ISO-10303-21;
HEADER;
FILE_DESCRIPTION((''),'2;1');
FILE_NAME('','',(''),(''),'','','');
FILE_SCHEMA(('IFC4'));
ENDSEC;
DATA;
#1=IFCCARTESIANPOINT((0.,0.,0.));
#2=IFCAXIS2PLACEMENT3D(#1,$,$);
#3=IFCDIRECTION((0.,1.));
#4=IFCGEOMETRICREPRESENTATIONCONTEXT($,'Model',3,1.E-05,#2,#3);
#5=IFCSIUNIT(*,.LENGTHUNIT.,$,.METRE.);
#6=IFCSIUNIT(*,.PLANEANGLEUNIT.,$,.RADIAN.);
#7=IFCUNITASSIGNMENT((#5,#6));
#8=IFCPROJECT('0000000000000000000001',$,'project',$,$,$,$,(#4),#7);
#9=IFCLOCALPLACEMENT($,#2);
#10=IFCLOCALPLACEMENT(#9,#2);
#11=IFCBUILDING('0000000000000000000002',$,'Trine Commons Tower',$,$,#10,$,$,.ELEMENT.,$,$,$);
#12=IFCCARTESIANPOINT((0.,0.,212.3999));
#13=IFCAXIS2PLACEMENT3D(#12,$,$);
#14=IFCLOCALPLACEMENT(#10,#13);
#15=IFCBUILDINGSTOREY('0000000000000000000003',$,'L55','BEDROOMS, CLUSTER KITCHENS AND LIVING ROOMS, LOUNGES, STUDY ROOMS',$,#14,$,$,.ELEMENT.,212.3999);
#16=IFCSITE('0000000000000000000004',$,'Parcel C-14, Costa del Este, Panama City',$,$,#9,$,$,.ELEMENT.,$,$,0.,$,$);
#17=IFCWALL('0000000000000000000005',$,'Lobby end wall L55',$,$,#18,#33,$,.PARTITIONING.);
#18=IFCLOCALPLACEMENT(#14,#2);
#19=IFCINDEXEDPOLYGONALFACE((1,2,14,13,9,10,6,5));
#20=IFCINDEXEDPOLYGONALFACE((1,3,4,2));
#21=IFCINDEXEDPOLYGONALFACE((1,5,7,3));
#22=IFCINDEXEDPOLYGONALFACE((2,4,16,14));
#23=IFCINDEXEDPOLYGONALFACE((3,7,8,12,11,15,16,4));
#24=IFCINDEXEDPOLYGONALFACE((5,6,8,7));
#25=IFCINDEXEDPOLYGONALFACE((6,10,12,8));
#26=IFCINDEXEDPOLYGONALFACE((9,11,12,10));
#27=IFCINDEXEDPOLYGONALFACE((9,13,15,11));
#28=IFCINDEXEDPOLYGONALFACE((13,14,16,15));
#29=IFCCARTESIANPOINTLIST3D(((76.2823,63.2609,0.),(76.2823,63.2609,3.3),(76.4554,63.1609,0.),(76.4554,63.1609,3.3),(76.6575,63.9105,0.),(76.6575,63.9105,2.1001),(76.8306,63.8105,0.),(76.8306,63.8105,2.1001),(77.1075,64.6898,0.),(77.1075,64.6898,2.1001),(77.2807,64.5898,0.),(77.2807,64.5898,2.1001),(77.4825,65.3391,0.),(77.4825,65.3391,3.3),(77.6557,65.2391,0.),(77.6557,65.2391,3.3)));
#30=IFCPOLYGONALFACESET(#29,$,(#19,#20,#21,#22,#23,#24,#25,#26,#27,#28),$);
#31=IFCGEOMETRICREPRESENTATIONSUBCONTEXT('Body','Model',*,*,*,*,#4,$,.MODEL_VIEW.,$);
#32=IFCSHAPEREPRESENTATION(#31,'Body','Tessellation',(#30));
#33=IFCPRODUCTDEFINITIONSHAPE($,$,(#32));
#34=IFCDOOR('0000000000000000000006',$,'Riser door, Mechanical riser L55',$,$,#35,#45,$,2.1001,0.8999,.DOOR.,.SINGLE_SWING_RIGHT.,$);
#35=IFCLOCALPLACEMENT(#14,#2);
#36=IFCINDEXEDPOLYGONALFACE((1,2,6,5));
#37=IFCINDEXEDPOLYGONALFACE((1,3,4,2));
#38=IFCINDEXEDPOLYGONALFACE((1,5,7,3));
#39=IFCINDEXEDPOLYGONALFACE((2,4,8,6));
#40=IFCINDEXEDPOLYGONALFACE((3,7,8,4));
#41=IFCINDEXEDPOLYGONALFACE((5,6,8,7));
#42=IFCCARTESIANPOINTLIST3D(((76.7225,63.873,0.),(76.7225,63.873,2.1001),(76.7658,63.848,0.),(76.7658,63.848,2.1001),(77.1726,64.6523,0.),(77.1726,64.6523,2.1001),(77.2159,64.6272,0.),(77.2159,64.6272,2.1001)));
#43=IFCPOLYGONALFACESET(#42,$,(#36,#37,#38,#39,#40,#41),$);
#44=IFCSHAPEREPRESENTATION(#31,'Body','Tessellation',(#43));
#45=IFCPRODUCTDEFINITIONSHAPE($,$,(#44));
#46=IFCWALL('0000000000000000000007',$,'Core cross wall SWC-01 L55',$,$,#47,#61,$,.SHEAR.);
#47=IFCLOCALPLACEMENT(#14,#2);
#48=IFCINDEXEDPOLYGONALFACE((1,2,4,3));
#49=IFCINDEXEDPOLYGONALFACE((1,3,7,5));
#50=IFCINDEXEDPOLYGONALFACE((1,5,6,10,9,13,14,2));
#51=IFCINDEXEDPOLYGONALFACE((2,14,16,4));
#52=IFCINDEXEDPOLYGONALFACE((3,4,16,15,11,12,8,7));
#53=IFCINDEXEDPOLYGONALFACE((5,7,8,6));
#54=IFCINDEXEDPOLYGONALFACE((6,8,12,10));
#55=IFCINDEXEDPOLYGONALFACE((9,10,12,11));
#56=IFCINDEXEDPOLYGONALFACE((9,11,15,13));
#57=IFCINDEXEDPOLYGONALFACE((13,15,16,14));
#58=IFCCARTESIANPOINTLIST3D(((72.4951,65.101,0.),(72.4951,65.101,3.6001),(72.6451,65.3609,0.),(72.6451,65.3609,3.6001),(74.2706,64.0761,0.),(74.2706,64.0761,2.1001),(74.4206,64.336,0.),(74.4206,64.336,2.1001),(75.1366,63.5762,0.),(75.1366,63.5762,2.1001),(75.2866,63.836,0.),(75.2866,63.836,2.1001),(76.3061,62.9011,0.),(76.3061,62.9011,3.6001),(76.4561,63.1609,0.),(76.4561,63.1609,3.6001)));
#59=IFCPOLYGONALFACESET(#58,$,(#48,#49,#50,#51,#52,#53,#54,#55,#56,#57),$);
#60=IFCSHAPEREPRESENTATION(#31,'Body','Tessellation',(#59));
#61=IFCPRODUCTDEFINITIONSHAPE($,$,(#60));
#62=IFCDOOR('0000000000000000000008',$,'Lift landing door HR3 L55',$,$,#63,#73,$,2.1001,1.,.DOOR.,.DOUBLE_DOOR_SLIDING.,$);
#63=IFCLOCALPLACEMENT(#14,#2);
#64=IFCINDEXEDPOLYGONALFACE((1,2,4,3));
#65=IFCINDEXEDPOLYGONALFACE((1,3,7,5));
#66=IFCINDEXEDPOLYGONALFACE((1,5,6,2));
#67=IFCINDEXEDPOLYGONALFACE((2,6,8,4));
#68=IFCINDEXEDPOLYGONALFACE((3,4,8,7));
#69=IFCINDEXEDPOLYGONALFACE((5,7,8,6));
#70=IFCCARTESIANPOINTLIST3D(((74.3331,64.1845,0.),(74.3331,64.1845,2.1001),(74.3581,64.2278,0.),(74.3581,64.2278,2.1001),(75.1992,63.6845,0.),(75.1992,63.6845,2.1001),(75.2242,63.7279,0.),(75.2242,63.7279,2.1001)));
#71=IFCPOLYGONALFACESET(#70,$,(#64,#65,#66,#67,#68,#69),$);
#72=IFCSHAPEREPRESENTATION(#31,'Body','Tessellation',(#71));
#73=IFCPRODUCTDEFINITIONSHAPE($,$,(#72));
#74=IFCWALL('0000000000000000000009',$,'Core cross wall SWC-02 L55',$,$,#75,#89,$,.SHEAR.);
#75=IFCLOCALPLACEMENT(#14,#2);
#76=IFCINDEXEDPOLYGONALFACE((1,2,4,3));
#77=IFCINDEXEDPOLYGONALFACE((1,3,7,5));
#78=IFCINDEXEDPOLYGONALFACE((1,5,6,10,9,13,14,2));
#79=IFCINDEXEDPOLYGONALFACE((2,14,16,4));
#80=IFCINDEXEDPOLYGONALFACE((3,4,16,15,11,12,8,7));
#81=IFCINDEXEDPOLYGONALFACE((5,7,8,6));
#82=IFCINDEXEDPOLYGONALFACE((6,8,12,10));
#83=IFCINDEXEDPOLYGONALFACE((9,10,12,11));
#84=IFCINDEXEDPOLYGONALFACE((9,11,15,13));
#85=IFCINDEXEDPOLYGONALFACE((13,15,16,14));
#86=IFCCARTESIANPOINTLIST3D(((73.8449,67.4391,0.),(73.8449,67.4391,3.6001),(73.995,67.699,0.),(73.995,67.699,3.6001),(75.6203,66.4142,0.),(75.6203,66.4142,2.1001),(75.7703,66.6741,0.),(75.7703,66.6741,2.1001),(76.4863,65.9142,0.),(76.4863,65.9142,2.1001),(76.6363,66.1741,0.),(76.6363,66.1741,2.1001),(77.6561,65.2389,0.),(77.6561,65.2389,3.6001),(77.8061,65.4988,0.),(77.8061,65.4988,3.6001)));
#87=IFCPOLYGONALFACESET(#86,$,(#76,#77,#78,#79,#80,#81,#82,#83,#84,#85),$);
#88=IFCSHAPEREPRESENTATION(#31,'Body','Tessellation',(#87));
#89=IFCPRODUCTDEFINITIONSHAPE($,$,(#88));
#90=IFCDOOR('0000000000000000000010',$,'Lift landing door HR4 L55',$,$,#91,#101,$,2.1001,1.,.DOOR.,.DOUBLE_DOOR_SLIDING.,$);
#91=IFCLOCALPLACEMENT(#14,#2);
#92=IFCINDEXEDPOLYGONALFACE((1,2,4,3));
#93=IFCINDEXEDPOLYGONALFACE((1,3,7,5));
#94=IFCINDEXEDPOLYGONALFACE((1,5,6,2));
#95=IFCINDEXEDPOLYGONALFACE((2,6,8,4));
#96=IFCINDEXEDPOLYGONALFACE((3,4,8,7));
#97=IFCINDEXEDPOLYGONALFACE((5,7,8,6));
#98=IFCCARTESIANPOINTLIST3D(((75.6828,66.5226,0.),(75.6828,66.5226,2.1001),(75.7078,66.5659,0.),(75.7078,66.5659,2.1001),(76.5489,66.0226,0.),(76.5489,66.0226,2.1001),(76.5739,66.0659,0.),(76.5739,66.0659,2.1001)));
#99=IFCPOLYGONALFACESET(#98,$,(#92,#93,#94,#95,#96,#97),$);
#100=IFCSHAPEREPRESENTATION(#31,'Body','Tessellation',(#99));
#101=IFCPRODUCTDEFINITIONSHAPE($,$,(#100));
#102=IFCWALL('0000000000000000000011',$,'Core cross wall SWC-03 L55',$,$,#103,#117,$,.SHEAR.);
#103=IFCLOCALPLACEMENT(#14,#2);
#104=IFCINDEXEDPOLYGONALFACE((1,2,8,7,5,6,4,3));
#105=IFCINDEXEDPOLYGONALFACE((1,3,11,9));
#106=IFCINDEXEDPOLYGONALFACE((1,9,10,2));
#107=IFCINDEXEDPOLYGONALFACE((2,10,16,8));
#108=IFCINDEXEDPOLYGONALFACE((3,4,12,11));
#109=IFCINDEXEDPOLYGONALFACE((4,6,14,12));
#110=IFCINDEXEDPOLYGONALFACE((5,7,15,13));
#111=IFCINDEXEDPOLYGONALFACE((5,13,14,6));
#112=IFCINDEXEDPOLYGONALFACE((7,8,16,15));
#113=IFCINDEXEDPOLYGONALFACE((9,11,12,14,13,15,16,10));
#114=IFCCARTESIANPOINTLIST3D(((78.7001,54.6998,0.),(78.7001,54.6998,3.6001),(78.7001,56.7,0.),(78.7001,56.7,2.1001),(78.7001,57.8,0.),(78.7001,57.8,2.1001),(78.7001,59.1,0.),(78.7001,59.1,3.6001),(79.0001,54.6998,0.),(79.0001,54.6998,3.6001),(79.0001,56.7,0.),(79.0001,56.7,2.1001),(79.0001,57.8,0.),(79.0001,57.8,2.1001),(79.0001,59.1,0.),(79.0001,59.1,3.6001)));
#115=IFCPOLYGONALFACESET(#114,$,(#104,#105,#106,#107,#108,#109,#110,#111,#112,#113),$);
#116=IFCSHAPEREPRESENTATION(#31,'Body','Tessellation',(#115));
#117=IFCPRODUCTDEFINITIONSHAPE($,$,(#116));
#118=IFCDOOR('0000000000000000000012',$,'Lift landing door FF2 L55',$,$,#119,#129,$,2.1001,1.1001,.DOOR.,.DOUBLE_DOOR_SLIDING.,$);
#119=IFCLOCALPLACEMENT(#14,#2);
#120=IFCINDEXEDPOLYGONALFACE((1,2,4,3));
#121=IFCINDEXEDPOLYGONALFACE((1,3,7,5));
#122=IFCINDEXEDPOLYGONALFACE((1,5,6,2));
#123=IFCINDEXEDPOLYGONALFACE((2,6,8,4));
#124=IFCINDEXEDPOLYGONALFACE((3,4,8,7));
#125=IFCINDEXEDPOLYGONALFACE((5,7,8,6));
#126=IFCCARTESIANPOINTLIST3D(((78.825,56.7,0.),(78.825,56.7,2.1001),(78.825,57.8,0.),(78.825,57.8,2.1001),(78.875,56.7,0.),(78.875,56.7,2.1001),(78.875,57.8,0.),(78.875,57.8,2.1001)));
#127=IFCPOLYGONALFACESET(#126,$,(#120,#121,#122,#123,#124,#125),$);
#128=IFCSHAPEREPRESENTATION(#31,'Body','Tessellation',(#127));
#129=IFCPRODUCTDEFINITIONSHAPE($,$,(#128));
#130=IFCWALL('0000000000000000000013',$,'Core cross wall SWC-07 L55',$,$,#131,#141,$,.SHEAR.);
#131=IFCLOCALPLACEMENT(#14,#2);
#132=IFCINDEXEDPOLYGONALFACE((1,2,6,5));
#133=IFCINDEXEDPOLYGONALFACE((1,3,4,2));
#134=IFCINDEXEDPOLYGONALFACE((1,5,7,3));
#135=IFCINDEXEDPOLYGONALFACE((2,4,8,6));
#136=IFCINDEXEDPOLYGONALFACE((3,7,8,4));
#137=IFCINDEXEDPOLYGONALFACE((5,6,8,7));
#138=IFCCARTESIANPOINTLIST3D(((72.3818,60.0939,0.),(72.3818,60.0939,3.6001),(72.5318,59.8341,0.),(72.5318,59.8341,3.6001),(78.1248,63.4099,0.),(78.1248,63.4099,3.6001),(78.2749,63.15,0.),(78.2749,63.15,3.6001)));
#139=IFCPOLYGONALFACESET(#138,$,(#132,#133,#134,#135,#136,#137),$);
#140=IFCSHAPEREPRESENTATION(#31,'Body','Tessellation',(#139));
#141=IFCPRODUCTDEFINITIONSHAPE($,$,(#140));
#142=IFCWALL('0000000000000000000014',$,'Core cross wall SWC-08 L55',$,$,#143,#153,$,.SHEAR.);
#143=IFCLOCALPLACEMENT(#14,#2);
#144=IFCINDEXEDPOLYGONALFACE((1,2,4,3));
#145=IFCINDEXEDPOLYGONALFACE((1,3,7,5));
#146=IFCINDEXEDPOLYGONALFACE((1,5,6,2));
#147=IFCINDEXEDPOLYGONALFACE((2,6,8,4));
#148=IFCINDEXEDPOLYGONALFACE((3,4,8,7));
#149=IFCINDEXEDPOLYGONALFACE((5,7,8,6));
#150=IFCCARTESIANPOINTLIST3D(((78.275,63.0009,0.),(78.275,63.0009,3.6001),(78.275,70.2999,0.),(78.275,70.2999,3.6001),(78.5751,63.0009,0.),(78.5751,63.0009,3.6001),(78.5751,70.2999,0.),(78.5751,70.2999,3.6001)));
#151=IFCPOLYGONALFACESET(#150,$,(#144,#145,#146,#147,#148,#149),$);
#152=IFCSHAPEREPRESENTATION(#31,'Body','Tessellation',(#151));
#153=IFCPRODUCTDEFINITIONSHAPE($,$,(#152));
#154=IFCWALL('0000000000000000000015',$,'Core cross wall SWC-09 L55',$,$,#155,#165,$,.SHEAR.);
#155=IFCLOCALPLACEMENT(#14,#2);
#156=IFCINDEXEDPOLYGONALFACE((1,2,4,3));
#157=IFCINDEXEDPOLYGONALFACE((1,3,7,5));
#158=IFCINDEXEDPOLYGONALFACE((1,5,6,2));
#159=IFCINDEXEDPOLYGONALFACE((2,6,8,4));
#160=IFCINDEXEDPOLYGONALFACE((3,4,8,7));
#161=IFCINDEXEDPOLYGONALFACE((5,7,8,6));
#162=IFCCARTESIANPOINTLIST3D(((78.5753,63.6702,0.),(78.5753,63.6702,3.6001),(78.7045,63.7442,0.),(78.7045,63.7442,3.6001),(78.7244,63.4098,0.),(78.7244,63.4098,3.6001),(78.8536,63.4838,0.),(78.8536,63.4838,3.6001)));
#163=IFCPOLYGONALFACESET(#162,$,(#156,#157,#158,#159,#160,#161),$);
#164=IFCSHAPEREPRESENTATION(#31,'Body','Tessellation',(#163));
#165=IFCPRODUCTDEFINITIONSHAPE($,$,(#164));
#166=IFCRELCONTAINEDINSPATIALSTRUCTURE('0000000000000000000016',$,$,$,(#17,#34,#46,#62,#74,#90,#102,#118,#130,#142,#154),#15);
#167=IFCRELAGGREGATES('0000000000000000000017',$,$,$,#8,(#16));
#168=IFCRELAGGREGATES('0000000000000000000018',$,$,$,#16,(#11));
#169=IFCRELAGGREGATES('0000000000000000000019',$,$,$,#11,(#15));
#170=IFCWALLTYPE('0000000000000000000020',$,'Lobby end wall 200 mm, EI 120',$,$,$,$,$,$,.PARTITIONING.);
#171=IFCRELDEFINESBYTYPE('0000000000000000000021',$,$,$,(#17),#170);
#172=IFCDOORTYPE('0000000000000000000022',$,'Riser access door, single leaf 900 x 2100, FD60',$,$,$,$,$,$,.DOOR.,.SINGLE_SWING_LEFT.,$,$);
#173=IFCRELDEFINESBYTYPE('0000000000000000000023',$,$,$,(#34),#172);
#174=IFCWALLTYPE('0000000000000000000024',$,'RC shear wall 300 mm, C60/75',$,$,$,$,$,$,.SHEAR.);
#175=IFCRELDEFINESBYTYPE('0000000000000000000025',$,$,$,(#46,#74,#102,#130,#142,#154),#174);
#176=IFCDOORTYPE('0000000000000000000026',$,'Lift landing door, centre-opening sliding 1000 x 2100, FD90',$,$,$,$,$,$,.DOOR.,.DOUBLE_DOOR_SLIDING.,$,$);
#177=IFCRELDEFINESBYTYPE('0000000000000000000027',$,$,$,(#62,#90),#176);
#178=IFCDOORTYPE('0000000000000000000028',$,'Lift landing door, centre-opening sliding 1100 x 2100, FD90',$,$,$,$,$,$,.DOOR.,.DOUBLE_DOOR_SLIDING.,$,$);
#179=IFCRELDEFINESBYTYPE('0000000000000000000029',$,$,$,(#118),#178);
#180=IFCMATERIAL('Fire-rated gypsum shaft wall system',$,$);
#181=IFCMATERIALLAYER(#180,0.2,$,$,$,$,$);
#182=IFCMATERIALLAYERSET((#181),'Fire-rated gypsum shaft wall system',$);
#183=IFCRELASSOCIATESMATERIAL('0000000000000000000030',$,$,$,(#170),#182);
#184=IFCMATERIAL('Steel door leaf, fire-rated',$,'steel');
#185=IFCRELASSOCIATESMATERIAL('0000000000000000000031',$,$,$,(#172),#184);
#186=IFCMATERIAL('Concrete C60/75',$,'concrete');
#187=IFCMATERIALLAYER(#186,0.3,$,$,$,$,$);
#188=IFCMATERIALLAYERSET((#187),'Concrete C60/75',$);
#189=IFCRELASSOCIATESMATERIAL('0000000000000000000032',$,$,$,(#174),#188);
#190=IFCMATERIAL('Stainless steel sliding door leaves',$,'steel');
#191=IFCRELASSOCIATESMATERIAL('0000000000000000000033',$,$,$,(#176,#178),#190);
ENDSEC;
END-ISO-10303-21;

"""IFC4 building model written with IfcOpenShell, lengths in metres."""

from ifc_helpers import new_model, si_unit, direction, frame, frame_2d, origin, place, context, subcontext, project, spatial, rectangle, extrude, material, layer, layer_set, type_object, element, fill, save


model = new_model("IFC4")

# Units and contexts
model_context = context("Model", 3, precision=1e-05, world=origin(), true_north=direction((0.0, 1.0)))
body_context = subcontext(model_context, "Body", "Model", "MODEL_VIEW")
ifc_project = project(units=[si_unit("LENGTHUNIT", "METRE"), si_unit("PLANEANGLEUNIT", "RADIAN")], contexts=[model_context])

# Site, building, storey
site_placement = place(None, origin())
site = spatial("IfcSite", under=ifc_project, at=site_placement, Name="Parcel C-14, Costa del Este, Panama City", CompositionType="ELEMENT", RefElevation=0.0)
building_placement = place(site_placement, origin())
building = spatial("IfcBuilding", under=site, at=building_placement, Name="Trine Commons Tower", CompositionType="ELEMENT")
storey_placement = place(building_placement, frame((0.0, 0.0, 212.3999)))
storey = spatial("IfcBuildingStorey", under=building, at=storey_placement, Name="L55", Description="BEDROOMS, CLUSTER KITCHENS AND LIVING ROOMS, LOUNGES, STUDY ROOMS", CompositionType="ELEMENT", Elevation=212.3999)

# Walls, openings, doors
ifc_material_1 = material(Name="Fire-rated gypsum shaft wall system")
ifc_layer_1 = layer(ifc_material_1, 0.2)
ifc_layer_set_1 = layer_set([ifc_layer_1], Name="Fire-rated gypsum shaft wall system")
wall_type_1 = type_object("IfcWallType", Name="Lobby end wall 200 mm, EI 120", PredefinedType="PARTITIONING", material=ifc_layer_set_1)
wall_1_placement = place(storey_placement, frame((77.5691, 65.2891, 0.0), z_axis=(0.0, 0.0, 1.0), x_axis=(-0.500122, -0.865955, 0.0)))
wall_1 = element("IfcWall", 1, at=wall_1_placement, inside=storey, type_object=wall_type_1, Name="Lobby end wall L55", PredefinedType="PARTITIONING", context=body_context, shape_type="SweptSolid", body=[
    extrude(rectangle(XDim=2.3999, YDim=0.2, at=frame_2d((1.2, 0.0))), origin(), (0.0, 0.0, 1.0), 3.3),
])
opening_1_placement = place(wall_1_placement, frame((0.7498, 0.0, 0.0)))
opening_1 = element("IfcOpeningElement", 2, at=opening_1_placement, cuts=wall_1, PredefinedType="OPENING", context=body_context, shape_type="SweptSolid", body=[
    extrude(rectangle(XDim=0.8999, YDim=2.1001, at=frame_2d((0.45, 1.05))), frame((0.0, 0.1099, 0.0), z_axis=(0.0, -1.0, 0.0), x_axis=(1.0, 0.0, 0.0)), (0.0, 0.0, 1.0), 0.22),
])
ifc_material_2 = material(Name="Steel door leaf, fire-rated", Category="steel")
door_type_1 = type_object("IfcDoorType", Name="Riser access door, single leaf 900 x 2100, FD60", OperationType="SINGLE_SWING_LEFT", PredefinedType="DOOR", material=ifc_material_2)
door_1_placement = place(opening_1_placement, frame((0.8999, 0.0, 0.0), z_axis=(0.0, 0.0, 1.0), x_axis=(-1.0, 0.0, 0.0)))
door_1 = element("IfcDoor", 3, at=door_1_placement, inside=storey, type_object=door_type_1, Name="Riser door, Mechanical riser L55", OperationType="SINGLE_SWING_RIGHT", OverallHeight=2.1001, OverallWidth=0.8999, PredefinedType="DOOR", context=body_context, shape_type="SweptSolid", body=[
    extrude(rectangle(XDim=0.8999, YDim=2.1001, at=frame_2d((0.45, 1.05))), frame((0.0, 0.0249, 0.0), z_axis=(0.0, -1.0, 0.0), x_axis=(1.0, 0.0, 0.0)), (0.0, 0.0, 1.0), 0.05),
])
fill(opening_1, door_1)
ifc_material_3 = material(Name="Concrete C60/75", Category="concrete")
ifc_layer_2 = layer(ifc_material_3, 0.3)
ifc_layer_set_2 = layer_set([ifc_layer_2], Name="Concrete C60/75")
wall_type_2 = type_object("IfcWallType", Name="RC shear wall 300 mm, C60/75", PredefinedType="SHEAR", material=ifc_layer_set_2)
wall_2_placement = place(storey_placement, frame((76.3811, 63.031, 0.0), z_axis=(0.0, 0.0, 1.0), x_axis=(-0.86606, 0.49994, 0.0)))
wall_2 = element("IfcWall", 4, at=wall_2_placement, inside=storey, type_object=wall_type_2, Name="Core cross wall SWC-01 L55", PredefinedType="SHEAR", context=body_context, shape_type="SweptSolid", body=[
    extrude(rectangle(XDim=4.4004, YDim=0.3, at=frame_2d((2.2002, 0.0))), origin(), (0.0, 0.0, 1.0), 3.6001),
])
opening_2_placement = place(wall_2_placement, frame((1.3503, 0.0, 0.0)))
opening_2 = element("IfcOpeningElement", 5, at=opening_2_placement, cuts=wall_2, PredefinedType="OPENING", context=body_context, shape_type="SweptSolid", body=[
    extrude(rectangle(XDim=1.0, YDim=2.1001, at=frame_2d((0.5, 1.05))), frame((0.0, 0.1599, 0.0), z_axis=(0.0, -1.0, 0.0), x_axis=(1.0, 0.0, 0.0)), (0.0, 0.0, 1.0), 0.3201),
])
ifc_material_4 = material(Name="Stainless steel sliding door leaves", Category="steel")
door_type_2 = type_object("IfcDoorType", Name="Lift landing door, centre-opening sliding 1000 x 2100, FD90", OperationType="DOUBLE_DOOR_SLIDING", PredefinedType="DOOR", material=ifc_material_4)
door_2_placement = place(opening_2_placement, origin())
door_2 = element("IfcDoor", 6, at=door_2_placement, inside=storey, type_object=door_type_2, Name="Lift landing door HR3 L55", OperationType="DOUBLE_DOOR_SLIDING", OverallHeight=2.1001, OverallWidth=1.0, PredefinedType="DOOR", context=body_context, shape_type="SweptSolid", body=[
    extrude(rectangle(XDim=1.0, YDim=2.1001, at=frame_2d((0.5, 1.05))), frame((0.0, 0.0249, 0.0), z_axis=(0.0, -1.0, 0.0), x_axis=(1.0, 0.0, 0.0)), (0.0, 0.0, 1.0), 0.05),
])
fill(opening_2, door_2)
wall_3_placement = place(storey_placement, frame((77.731, 65.3689, 0.0), z_axis=(0.0, 0.0, 1.0), x_axis=(-0.866036, 0.499982, 0.0)))
wall_3 = element("IfcWall", 7, at=wall_3_placement, inside=storey, type_object=wall_type_2, Name="Core cross wall SWC-02 L55", PredefinedType="SHEAR", context=body_context, shape_type="SweptSolid", body=[
    extrude(rectangle(XDim=4.4006, YDim=0.3, at=frame_2d((2.2002, 0.0))), origin(), (0.0, 0.0, 1.0), 3.6001),
])
opening_3_placement = place(wall_3_placement, frame((1.3506, 0.0, 0.0)))
opening_3 = element("IfcOpeningElement", 8, at=opening_3_placement, cuts=wall_3, PredefinedType="OPENING", context=body_context, shape_type="SweptSolid", body=[
    extrude(rectangle(XDim=1.0, YDim=2.1001, at=frame_2d((0.5, 1.05))), frame((0.0, 0.1599, 0.0), z_axis=(0.0, -1.0, 0.0), x_axis=(1.0, 0.0, 0.0)), (0.0, 0.0, 1.0), 0.3201),
])
door_3_placement = place(opening_3_placement, origin())
door_3 = element("IfcDoor", 9, at=door_3_placement, inside=storey, type_object=door_type_2, Name="Lift landing door HR4 L55", OperationType="DOUBLE_DOOR_SLIDING", OverallHeight=2.1001, OverallWidth=1.0, PredefinedType="DOOR", context=body_context, shape_type="SweptSolid", body=[
    extrude(rectangle(XDim=1.0, YDim=2.1001, at=frame_2d((0.5, 1.05))), frame((0.0, 0.0249, 0.0), z_axis=(0.0, -1.0, 0.0), x_axis=(1.0, 0.0, 0.0)), (0.0, 0.0, 1.0), 0.05),
])
fill(opening_3, door_3)
wall_4_placement = place(storey_placement, frame((78.8501, 59.1001, 0.0), z_axis=(0.0, 0.0, 1.0), x_axis=(0.0, -1.0, 0.0)))
wall_4 = element("IfcWall", 10, at=wall_4_placement, inside=storey, type_object=wall_type_2, Name="Core cross wall SWC-03 L55", PredefinedType="SHEAR", context=body_context, shape_type="SweptSolid", body=[
    extrude(rectangle(XDim=4.4001, YDim=0.3, at=frame_2d((2.2002, 0.0))), origin(), (0.0, 0.0, 1.0), 3.6001),
])
opening_4_placement = place(wall_4_placement, frame((1.3, 0.0, 0.0)))
opening_4 = element("IfcOpeningElement", 11, at=opening_4_placement, cuts=wall_4, PredefinedType="OPENING", context=body_context, shape_type="SweptSolid", body=[
    extrude(rectangle(XDim=1.1001, YDim=2.1001, at=frame_2d((0.55, 1.05))), frame((0.0, 0.1599, 0.0), z_axis=(0.0, -1.0, 0.0), x_axis=(1.0, 0.0, 0.0)), (0.0, 0.0, 1.0), 0.3201),
])
door_type_3 = type_object("IfcDoorType", Name="Lift landing door, centre-opening sliding 1100 x 2100, FD90", OperationType="DOUBLE_DOOR_SLIDING", PredefinedType="DOOR", material=ifc_material_4)
door_4_placement = place(opening_4_placement, origin())
door_4 = element("IfcDoor", 12, at=door_4_placement, inside=storey, type_object=door_type_3, Name="Lift landing door FF2 L55", OperationType="DOUBLE_DOOR_SLIDING", OverallHeight=2.1001, OverallWidth=1.1001, PredefinedType="DOOR", context=body_context, shape_type="SweptSolid", body=[
    extrude(rectangle(XDim=1.1001, YDim=2.1001, at=frame_2d((0.55, 1.05))), frame((0.0, 0.0249, 0.0), z_axis=(0.0, -1.0, 0.0), x_axis=(1.0, 0.0, 0.0)), (0.0, 0.0, 1.0), 0.05),
])
fill(opening_4, door_4)

# Walls
wall_5_placement = place(storey_placement, frame((78.2, 63.28, 0.0), z_axis=(0.0, 0.0, 1.0), x_axis=(-0.86601, -0.500027, 0.0)))
element("IfcWall", 13, at=wall_5_placement, inside=storey, type_object=wall_type_2, Name="Core cross wall SWC-07 L55", PredefinedType="SHEAR", context=body_context, shape_type="SweptSolid", body=[
    extrude(rectangle(XDim=6.6316, YDim=0.3, at=frame_2d((3.3159, 0.0))), origin(), (0.0, 0.0, 1.0), 3.6001),
])
wall_6_placement = place(storey_placement, frame((78.425, 63.001, 0.0), z_axis=(0.0, 0.0, 1.0), x_axis=(0.0, 1.0, 0.0)))
element("IfcWall", 14, at=wall_6_placement, inside=storey, type_object=wall_type_2, Name="Core cross wall SWC-08 L55", PredefinedType="SHEAR", context=body_context, shape_type="SweptSolid", body=[
    extrude(rectangle(XDim=7.2991, YDim=0.3, at=frame_2d((3.6494, 0.0))), origin(), (0.0, 0.0, 1.0), 3.6001),
])
wall_7_placement = place(storey_placement, frame((78.7791, 63.614, 0.0), z_axis=(0.0, 0.0, 1.0), x_axis=(-0.867738, -0.497022, 0.0)))
element("IfcWall", 15, at=wall_7_placement, inside=storey, type_object=wall_type_2, Name="Core cross wall SWC-09 L55", PredefinedType="SHEAR", context=body_context, shape_type="SweptSolid", body=[
    extrude(rectangle(XDim=0.1489, YDim=0.3, at=frame_2d((0.0745, 0.0))), origin(), (0.0, 0.0, 1.0), 3.6001),
])

save(model, "model.ifc")
